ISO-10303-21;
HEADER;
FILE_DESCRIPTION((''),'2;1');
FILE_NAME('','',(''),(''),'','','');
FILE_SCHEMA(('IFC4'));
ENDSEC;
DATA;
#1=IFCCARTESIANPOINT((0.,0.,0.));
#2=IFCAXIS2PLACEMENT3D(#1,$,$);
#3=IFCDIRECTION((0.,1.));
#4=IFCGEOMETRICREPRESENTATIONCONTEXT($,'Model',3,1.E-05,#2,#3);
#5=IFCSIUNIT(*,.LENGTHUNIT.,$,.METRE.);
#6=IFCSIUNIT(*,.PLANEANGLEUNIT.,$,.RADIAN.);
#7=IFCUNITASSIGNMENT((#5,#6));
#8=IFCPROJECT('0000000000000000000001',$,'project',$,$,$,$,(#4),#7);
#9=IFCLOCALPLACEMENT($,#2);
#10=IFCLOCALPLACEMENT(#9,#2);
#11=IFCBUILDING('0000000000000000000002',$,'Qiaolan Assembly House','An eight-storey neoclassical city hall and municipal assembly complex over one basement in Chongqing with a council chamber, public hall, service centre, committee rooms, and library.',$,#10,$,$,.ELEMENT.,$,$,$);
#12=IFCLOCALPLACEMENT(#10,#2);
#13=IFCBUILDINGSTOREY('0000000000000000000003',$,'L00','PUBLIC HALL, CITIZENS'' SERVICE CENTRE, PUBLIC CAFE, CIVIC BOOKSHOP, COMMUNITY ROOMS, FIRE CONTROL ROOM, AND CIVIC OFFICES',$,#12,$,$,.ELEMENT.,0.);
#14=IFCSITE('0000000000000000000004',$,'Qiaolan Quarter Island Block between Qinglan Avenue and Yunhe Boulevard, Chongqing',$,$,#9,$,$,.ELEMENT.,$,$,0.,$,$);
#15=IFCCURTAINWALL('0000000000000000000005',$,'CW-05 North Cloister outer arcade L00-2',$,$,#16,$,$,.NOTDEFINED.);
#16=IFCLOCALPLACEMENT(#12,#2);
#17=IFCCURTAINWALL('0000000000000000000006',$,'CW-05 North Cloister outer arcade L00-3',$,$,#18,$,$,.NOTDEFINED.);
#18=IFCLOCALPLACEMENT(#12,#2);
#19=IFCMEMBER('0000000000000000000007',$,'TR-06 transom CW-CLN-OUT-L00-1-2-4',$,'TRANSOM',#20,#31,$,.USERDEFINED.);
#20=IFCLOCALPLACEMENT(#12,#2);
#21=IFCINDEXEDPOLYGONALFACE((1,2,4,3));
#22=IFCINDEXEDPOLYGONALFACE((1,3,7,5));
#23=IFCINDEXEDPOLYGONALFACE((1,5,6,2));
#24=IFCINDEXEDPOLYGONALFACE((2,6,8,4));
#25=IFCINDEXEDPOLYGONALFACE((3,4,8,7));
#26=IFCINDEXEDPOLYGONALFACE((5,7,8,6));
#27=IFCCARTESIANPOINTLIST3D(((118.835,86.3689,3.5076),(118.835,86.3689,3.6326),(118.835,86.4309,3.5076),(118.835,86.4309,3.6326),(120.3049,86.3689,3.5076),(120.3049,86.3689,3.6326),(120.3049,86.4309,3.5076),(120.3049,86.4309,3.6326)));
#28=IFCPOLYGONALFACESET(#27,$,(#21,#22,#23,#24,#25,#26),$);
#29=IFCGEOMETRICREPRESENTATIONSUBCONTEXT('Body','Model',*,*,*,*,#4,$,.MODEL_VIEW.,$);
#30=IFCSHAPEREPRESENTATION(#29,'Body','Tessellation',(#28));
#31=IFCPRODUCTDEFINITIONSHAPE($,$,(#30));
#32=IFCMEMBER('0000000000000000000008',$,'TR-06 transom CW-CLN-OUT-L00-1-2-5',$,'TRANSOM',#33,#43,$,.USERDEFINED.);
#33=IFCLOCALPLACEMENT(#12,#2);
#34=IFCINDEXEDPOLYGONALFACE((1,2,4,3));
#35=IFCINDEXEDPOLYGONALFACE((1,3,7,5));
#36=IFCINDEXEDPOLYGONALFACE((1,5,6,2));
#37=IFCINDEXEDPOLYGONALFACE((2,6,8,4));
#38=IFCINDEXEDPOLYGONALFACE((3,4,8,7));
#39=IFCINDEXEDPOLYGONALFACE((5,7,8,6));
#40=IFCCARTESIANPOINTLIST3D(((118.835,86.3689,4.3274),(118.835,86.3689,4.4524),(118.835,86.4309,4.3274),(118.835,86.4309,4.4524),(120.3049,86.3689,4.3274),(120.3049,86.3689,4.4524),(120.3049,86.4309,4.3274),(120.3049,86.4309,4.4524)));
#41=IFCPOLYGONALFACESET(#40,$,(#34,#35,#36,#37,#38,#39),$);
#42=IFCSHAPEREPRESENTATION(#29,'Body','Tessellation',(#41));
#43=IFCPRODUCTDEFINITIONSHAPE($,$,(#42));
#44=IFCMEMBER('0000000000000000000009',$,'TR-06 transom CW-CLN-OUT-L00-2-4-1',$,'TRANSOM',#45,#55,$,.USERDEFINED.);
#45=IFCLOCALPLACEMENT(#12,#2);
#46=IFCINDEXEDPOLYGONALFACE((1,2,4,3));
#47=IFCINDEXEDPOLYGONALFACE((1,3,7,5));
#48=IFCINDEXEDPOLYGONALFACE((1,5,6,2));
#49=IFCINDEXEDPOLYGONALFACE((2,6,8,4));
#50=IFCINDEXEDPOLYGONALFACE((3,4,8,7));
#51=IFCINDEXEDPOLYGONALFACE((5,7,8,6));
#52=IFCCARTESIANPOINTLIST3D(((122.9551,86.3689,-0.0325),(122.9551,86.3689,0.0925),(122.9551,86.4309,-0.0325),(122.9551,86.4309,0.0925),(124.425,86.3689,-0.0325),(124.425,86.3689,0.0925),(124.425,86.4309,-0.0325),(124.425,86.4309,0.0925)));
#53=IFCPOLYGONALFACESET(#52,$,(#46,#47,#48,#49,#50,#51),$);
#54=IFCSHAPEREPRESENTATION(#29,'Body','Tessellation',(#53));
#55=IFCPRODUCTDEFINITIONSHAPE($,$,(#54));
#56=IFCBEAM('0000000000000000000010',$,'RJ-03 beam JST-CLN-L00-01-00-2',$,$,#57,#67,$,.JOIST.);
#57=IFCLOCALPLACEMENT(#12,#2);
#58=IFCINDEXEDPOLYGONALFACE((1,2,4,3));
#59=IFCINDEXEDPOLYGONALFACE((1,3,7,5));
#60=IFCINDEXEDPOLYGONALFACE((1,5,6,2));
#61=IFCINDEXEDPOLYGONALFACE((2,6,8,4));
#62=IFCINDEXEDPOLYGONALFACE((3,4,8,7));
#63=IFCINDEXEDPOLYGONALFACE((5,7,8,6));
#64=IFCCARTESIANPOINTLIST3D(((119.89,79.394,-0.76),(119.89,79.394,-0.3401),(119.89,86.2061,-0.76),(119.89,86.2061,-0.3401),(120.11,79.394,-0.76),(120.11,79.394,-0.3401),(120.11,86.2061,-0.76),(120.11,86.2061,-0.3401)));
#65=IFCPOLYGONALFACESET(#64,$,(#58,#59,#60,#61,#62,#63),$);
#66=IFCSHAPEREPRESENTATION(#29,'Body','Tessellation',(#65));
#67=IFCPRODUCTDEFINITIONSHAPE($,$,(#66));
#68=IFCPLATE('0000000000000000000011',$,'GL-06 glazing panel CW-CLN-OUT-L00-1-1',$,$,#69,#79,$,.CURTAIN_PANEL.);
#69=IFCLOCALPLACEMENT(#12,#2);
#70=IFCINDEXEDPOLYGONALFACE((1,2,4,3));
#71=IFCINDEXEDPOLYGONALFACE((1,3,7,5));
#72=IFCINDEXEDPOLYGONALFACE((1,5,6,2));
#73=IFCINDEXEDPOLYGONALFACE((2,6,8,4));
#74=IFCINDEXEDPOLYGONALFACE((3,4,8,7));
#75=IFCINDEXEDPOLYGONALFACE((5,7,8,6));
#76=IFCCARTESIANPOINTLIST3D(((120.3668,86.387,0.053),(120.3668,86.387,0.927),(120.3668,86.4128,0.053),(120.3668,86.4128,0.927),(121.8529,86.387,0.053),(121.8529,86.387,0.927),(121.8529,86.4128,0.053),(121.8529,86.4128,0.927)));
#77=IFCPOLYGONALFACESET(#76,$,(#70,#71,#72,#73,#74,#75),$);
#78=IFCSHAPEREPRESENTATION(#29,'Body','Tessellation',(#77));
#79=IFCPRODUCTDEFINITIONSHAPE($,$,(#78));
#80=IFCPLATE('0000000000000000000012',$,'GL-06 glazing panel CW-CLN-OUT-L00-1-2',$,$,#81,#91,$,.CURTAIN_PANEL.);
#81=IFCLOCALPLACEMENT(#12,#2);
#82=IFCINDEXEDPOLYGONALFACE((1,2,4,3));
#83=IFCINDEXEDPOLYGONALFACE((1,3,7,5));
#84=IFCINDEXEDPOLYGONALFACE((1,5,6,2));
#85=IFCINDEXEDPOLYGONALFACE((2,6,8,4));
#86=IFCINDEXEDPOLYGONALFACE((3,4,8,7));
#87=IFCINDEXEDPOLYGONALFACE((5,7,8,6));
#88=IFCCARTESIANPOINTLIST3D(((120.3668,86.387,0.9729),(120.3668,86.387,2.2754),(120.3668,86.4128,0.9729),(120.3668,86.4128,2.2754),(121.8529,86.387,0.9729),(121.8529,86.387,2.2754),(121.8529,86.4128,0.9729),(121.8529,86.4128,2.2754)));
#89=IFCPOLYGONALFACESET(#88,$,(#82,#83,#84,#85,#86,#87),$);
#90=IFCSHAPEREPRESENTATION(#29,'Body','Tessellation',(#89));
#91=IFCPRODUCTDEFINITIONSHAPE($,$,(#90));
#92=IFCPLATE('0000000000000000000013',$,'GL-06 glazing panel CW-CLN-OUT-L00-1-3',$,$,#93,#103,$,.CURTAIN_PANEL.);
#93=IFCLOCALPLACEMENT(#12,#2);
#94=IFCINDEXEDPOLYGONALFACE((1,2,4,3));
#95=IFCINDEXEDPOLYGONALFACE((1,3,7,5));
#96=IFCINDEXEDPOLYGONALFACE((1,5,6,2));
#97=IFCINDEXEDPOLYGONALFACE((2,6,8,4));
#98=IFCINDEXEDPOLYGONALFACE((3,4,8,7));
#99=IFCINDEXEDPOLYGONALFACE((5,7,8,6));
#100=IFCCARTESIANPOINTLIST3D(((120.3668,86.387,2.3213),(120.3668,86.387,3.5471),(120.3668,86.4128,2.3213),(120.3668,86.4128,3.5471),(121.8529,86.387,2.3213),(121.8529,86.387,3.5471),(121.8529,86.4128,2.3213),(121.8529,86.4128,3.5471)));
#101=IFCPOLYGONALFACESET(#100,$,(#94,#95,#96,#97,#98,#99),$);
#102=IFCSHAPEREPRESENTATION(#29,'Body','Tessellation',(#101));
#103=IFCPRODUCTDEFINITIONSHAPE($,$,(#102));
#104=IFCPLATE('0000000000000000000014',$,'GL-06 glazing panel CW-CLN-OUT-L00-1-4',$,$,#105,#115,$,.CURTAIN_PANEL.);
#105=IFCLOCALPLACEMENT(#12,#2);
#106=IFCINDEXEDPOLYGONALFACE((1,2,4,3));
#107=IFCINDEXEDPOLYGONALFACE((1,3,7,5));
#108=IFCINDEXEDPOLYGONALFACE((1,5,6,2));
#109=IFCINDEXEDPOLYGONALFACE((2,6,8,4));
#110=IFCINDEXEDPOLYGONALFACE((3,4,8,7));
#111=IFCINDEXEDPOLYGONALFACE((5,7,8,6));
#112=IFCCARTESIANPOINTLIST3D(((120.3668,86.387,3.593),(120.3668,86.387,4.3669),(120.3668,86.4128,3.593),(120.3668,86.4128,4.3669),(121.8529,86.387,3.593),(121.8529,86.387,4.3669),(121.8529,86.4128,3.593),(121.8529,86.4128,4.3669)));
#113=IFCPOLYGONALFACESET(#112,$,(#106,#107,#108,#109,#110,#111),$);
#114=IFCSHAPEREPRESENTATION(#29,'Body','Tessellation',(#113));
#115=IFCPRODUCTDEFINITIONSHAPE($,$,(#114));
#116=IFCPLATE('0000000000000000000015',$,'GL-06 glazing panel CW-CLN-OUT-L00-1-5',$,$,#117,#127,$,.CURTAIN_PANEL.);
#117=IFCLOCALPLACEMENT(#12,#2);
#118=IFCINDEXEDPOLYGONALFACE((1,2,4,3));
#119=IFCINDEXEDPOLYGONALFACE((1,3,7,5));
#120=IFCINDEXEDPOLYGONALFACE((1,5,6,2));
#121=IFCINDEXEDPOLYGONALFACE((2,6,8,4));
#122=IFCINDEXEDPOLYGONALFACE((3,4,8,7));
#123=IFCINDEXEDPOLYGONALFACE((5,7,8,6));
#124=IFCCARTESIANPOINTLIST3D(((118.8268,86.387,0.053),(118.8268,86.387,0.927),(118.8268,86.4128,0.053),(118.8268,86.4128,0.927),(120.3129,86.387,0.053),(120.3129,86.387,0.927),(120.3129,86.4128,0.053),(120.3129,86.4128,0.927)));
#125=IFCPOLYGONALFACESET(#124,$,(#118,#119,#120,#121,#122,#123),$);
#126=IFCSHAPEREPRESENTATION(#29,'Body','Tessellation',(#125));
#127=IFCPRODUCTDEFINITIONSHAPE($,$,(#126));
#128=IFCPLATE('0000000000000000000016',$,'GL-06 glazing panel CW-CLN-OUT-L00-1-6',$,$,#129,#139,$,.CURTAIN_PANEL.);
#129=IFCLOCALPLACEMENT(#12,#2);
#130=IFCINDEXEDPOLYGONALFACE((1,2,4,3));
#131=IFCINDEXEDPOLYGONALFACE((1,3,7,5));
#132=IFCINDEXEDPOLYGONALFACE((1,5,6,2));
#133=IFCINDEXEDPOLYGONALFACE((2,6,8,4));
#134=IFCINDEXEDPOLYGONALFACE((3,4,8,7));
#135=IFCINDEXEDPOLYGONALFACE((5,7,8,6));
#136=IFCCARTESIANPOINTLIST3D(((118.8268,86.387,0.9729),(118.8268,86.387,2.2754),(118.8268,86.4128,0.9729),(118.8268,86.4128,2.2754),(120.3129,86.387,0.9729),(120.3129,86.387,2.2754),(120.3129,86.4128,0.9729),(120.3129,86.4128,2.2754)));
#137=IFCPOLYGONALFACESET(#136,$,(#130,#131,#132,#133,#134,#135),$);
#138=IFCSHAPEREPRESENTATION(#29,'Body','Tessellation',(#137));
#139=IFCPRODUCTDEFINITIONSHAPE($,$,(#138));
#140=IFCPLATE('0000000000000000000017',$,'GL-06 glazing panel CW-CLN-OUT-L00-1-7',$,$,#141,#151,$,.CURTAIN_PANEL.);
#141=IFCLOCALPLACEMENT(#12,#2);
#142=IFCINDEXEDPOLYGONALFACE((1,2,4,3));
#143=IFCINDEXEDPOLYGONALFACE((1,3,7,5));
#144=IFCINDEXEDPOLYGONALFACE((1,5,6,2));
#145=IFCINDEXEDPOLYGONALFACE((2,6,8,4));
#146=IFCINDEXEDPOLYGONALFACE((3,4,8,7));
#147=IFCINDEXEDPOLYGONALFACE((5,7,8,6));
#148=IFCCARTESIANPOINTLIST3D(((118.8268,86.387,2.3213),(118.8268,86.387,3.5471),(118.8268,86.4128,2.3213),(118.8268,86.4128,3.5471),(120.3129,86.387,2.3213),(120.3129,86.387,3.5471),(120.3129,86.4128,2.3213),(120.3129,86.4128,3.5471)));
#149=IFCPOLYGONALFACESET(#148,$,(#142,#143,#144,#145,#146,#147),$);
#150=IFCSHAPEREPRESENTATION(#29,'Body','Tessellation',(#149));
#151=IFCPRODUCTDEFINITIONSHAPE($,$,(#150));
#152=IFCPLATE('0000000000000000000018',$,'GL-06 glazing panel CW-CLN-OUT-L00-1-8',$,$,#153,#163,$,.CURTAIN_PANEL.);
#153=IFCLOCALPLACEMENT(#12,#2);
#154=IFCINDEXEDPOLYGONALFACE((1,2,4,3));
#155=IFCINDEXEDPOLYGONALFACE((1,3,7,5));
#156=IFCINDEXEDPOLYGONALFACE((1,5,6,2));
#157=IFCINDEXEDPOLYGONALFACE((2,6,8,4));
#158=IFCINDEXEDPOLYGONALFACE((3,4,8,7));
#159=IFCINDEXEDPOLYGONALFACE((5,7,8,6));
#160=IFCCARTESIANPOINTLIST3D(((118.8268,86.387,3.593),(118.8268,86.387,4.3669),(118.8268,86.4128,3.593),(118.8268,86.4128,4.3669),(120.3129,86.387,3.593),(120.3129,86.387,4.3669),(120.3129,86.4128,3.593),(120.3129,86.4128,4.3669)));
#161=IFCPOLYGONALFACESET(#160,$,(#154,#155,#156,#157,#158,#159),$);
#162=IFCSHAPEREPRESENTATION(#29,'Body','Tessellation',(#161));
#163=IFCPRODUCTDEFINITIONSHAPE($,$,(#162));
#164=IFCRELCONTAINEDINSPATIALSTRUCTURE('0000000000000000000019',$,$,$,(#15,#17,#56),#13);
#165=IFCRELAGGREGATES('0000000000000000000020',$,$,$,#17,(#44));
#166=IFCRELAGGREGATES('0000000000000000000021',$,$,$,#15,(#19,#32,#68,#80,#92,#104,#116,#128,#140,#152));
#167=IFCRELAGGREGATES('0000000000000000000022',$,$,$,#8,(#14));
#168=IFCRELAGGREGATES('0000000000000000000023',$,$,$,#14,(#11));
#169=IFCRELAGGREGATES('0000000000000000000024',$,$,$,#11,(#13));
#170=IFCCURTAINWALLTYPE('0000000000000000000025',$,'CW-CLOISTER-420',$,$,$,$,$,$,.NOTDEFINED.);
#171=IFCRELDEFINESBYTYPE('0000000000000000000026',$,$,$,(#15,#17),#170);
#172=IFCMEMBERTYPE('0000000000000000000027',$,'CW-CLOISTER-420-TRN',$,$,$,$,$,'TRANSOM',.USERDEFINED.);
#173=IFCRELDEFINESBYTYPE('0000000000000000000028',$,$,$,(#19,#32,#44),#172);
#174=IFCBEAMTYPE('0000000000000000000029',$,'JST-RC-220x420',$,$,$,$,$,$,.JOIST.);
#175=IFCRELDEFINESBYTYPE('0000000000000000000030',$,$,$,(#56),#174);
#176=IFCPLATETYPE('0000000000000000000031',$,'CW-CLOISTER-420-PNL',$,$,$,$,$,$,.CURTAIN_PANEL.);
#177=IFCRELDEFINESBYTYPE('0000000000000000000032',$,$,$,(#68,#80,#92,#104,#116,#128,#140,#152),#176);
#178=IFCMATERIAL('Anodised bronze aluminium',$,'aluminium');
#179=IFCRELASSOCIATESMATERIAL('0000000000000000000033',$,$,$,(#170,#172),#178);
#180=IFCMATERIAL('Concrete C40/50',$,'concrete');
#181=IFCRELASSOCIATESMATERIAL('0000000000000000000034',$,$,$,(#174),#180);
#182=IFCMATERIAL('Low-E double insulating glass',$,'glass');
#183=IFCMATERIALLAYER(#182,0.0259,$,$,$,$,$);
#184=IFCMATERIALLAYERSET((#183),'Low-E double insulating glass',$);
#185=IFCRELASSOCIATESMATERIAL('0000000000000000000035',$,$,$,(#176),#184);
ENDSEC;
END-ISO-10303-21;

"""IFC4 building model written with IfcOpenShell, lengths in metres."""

from ifc_helpers import new_model, si_unit, direction, frame, frame_2d, origin, origin_2d, place, context, subcontext, project, spatial, rectangle, extrude, material, layer, layer_set, material_profile, profile_set, type_object, element, aggregate, save


model = new_model("IFC4")

# Units and contexts
model_context = context("Model", 3, precision=1e-05, world=origin(), true_north=direction((0.0, 1.0)))
body_context = subcontext(model_context, "Body", "Model", "MODEL_VIEW")
ifc_project = project(units=[si_unit("LENGTHUNIT", "METRE"), si_unit("PLANEANGLEUNIT", "RADIAN")], contexts=[model_context])

# Site, building, storey
site_placement = place(None, origin())
site = spatial("IfcSite", under=ifc_project, at=site_placement, Name="Qiaolan Quarter Island Block between Qinglan Avenue and Yunhe Boulevard, Chongqing", CompositionType="ELEMENT", RefElevation=0.0)
building_placement = place(site_placement, origin())
building = spatial("IfcBuilding", under=site, at=building_placement, Name="Qiaolan Assembly House", Description="An eight-storey neoclassical city hall and municipal assembly complex over one basement in Chongqing with a council chamber, public hall, service centre, committee rooms, and library.", CompositionType="ELEMENT")
storey_placement = place(building_placement, origin())
storey = spatial("IfcBuildingStorey", under=building, at=storey_placement, Name="L00", Description="PUBLIC HALL, CITIZENS' SERVICE CENTRE, PUBLIC CAFE, CIVIC BOOKSHOP, COMMUNITY ROOMS, FIRE CONTROL ROOM, AND CIVIC OFFICES", CompositionType="ELEMENT", Elevation=0.0)

# Shared definitions
ifc_material_1 = material(Name="Concrete C40/50", Category="concrete")

# Curtain wall
ifc_material_2 = material(Name="Anodised bronze aluminium", Category="aluminium")
curtain_wall_type = type_object("IfcCurtainWallType", Name="CW-CLOISTER-420", PredefinedType="NOTDEFINED", material=ifc_material_2)
curtain_wall_1_placement = place(storey_placement, origin())
curtain_wall_1 = element("IfcCurtainWall", 1, at=curtain_wall_1_placement, inside=storey, type_object=curtain_wall_type, Name="CW-05 North Cloister outer arcade L00-2", PredefinedType="NOTDEFINED")

# Curtain wall
curtain_wall_2_placement = place(storey_placement, origin())
curtain_wall_2 = element("IfcCurtainWall", 2, at=curtain_wall_2_placement, inside=storey, type_object=curtain_wall_type, Name="CW-05 North Cloister outer arcade L00-3", PredefinedType="NOTDEFINED")

# Members
ifc_material_profile_1 = material_profile(ifc_material_2, rectangle(XDim=0.062, YDim=0.125, at=origin_2d()), Name="TRN 62x125")
ifc_profile_set_1 = profile_set([ifc_material_profile_1], Name="Anodised bronze aluminium")
member_type_1 = type_object("IfcMemberType", Name="CW-CLOISTER-420-TRN", ElementType="TRANSOM", PredefinedType="USERDEFINED", material=ifc_profile_set_1)
member_1_placement = place(storey_placement, frame((120.3049, 86.3999, 3.5701), z_axis=(-1.0, 0.0, 0.0), x_axis=(0.0, -1.0, 0.0)))
member_1 = element("IfcMember", 3, at=member_1_placement, type_object=member_type_1, Name="TR-06 transom CW-CLN-OUT-L00-1-2-4", ObjectType="TRANSOM", PredefinedType="USERDEFINED", context=body_context, shape_type="SweptSolid", body=[
    extrude(rectangle(XDim=0.062, YDim=0.125, at=origin_2d()), origin(), (0.0, 0.0, 1.0), 1.47),
])
member_2_placement = place(storey_placement, frame((120.3049, 86.3999, 4.3899), z_axis=(-1.0, 0.0, 0.0), x_axis=(0.0, -1.0, 0.0)))
member_2 = element("IfcMember", 4, at=member_2_placement, type_object=member_type_1, Name="TR-06 transom CW-CLN-OUT-L00-1-2-5", ObjectType="TRANSOM", PredefinedType="USERDEFINED", context=body_context, shape_type="SweptSolid", body=[
    extrude(rectangle(XDim=0.062, YDim=0.125, at=origin_2d()), origin(), (0.0, 0.0, 1.0), 1.47),
])
member_3_placement = place(storey_placement, frame((124.425, 86.3999, 0.03), z_axis=(-1.0, 0.0, 0.0), x_axis=(0.0, -1.0, 0.0)))
member_3 = element("IfcMember", 5, at=member_3_placement, type_object=member_type_1, Name="TR-06 transom CW-CLN-OUT-L00-2-4-1", ObjectType="TRANSOM", PredefinedType="USERDEFINED", context=body_context, shape_type="SweptSolid", body=[
    extrude(rectangle(XDim=0.062, YDim=0.125, at=origin_2d()), origin(), (0.0, 0.0, 1.0), 1.47),
])
aggregate(curtain_wall_2, [member_3])

# Beam
ifc_material_profile_2 = material_profile(ifc_material_1, rectangle(XDim=0.22, YDim=0.4199, at=origin_2d()), Name="RCB 220x420")
ifc_profile_set_2 = profile_set([ifc_material_profile_2], Name="Concrete C40/50")
beam_type_1 = type_object("IfcBeamType", Name="JST-RC-220x420", PredefinedType="JOIST", material=ifc_profile_set_2)
beam_1_placement = place(storey_placement, frame((120.0, 79.394, -0.55), z_axis=(0.0, 1.0, 0.0), x_axis=(-1.0, 0.0, 0.0)))
element("IfcBeam", 6, at=beam_1_placement, inside=storey, type_object=beam_type_1, Name="RJ-03 beam JST-CLN-L00-01-00-2", PredefinedType="JOIST", context=body_context, shape_type="SweptSolid", body=[
    extrude(rectangle(XDim=0.22, YDim=0.4199, at=origin_2d()), origin(), (0.0, 0.0, 1.0), 6.812),
])

# Plates
ifc_material_3 = material(Name="Low-E double insulating glass", Category="glass")
ifc_layer = layer(ifc_material_3, 0.0259)
ifc_layer_set = layer_set([ifc_layer], Name="Low-E double insulating glass")
plate_type = type_object("IfcPlateType", Name="CW-CLOISTER-420-PNL", PredefinedType="CURTAIN_PANEL", material=ifc_layer_set)
plate_1_placement = place(storey_placement, frame((121.853, 86.3999, 0.053), z_axis=(0.0, 0.0, 1.0), x_axis=(-1.0, 0.0, 0.0)))
plate_1 = element("IfcPlate", 7, at=plate_1_placement, type_object=plate_type, Name="GL-06 glazing panel CW-CLN-OUT-L00-1-1", PredefinedType="CURTAIN_PANEL", context=body_context, shape_type="SweptSolid", body=[
    extrude(rectangle(XDim=1.4861, YDim=0.0259, at=frame_2d((0.7432, 0.0))), origin(), (0.0, 0.0, 1.0), 0.874),
])
plate_2_placement = place(storey_placement, frame((121.853, 86.3999, 0.9729), z_axis=(0.0, 0.0, 1.0), x_axis=(-1.0, 0.0, 0.0)))
plate_2 = element("IfcPlate", 8, at=plate_2_placement, type_object=plate_type, Name="GL-06 glazing panel CW-CLN-OUT-L00-1-2", PredefinedType="CURTAIN_PANEL", context=body_context, shape_type="SweptSolid", body=[
    extrude(rectangle(XDim=1.4861, YDim=0.0259, at=frame_2d((0.7432, 0.0))), origin(), (0.0, 0.0, 1.0), 1.3025),
])
plate_3_placement = place(storey_placement, frame((121.853, 86.3999, 2.3213), z_axis=(0.0, 0.0, 1.0), x_axis=(-1.0, 0.0, 0.0)))
plate_3 = element("IfcPlate", 9, at=plate_3_placement, type_object=plate_type, Name="GL-06 glazing panel CW-CLN-OUT-L00-1-3", PredefinedType="CURTAIN_PANEL", context=body_context, shape_type="SweptSolid", body=[
    extrude(rectangle(XDim=1.4861, YDim=0.0259, at=frame_2d((0.7432, 0.0))), origin(), (0.0, 0.0, 1.0), 1.2258),
])
plate_4_placement = place(storey_placement, frame((121.853, 86.3999, 3.593), z_axis=(0.0, 0.0, 1.0), x_axis=(-1.0, 0.0, 0.0)))
plate_4 = element("IfcPlate", 10, at=plate_4_placement, type_object=plate_type, Name="GL-06 glazing panel CW-CLN-OUT-L00-1-4", PredefinedType="CURTAIN_PANEL", context=body_context, shape_type="SweptSolid", body=[
    extrude(rectangle(XDim=1.4861, YDim=0.0259, at=frame_2d((0.7432, 0.0))), origin(), (0.0, 0.0, 1.0), 0.7739),
])
plate_5_placement = place(storey_placement, frame((120.313, 86.3999, 0.053), z_axis=(0.0, 0.0, 1.0), x_axis=(-1.0, 0.0, 0.0)))
plate_5 = element("IfcPlate", 11, at=plate_5_placement, type_object=plate_type, Name="GL-06 glazing panel CW-CLN-OUT-L00-1-5", PredefinedType="CURTAIN_PANEL", context=body_context, shape_type="SweptSolid", body=[
    extrude(rectangle(XDim=1.4861, YDim=0.0259, at=frame_2d((0.7432, 0.0))), origin(), (0.0, 0.0, 1.0), 0.874),
])
plate_6_placement = place(storey_placement, frame((120.313, 86.3999, 0.9729), z_axis=(0.0, 0.0, 1.0), x_axis=(-1.0, 0.0, 0.0)))
plate_6 = element("IfcPlate", 12, at=plate_6_placement, type_object=plate_type, Name="GL-06 glazing panel CW-CLN-OUT-L00-1-6", PredefinedType="CURTAIN_PANEL", context=body_context, shape_type="SweptSolid", body=[
    extrude(rectangle(XDim=1.4861, YDim=0.0259, at=frame_2d((0.7432, 0.0))), origin(), (0.0, 0.0, 1.0), 1.3025),
])
plate_7_placement = place(storey_placement, frame((120.313, 86.3999, 2.3213), z_axis=(0.0, 0.0, 1.0), x_axis=(-1.0, 0.0, 0.0)))
plate_7 = element("IfcPlate", 13, at=plate_7_placement, type_object=plate_type, Name="GL-06 glazing panel CW-CLN-OUT-L00-1-7", PredefinedType="CURTAIN_PANEL", context=body_context, shape_type="SweptSolid", body=[
    extrude(rectangle(XDim=1.4861, YDim=0.0259, at=frame_2d((0.7432, 0.0))), origin(), (0.0, 0.0, 1.0), 1.2258),
])
plate_8_placement = place(storey_placement, frame((120.313, 86.3999, 3.593), z_axis=(0.0, 0.0, 1.0), x_axis=(-1.0, 0.0, 0.0)))
plate_8 = element("IfcPlate", 14, at=plate_8_placement, type_object=plate_type, Name="GL-06 glazing panel CW-CLN-OUT-L00-1-8", PredefinedType="CURTAIN_PANEL", context=body_context, shape_type="SweptSolid", body=[
    extrude(rectangle(XDim=1.4861, YDim=0.0259, at=frame_2d((0.7432, 0.0))), origin(), (0.0, 0.0, 1.0), 0.7739),
])
aggregate(curtain_wall_1, [member_1, member_2, plate_1, plate_2, plate_3, plate_4, plate_5, plate_6, plate_7, plate_8])

save(model, "model.ifc")
